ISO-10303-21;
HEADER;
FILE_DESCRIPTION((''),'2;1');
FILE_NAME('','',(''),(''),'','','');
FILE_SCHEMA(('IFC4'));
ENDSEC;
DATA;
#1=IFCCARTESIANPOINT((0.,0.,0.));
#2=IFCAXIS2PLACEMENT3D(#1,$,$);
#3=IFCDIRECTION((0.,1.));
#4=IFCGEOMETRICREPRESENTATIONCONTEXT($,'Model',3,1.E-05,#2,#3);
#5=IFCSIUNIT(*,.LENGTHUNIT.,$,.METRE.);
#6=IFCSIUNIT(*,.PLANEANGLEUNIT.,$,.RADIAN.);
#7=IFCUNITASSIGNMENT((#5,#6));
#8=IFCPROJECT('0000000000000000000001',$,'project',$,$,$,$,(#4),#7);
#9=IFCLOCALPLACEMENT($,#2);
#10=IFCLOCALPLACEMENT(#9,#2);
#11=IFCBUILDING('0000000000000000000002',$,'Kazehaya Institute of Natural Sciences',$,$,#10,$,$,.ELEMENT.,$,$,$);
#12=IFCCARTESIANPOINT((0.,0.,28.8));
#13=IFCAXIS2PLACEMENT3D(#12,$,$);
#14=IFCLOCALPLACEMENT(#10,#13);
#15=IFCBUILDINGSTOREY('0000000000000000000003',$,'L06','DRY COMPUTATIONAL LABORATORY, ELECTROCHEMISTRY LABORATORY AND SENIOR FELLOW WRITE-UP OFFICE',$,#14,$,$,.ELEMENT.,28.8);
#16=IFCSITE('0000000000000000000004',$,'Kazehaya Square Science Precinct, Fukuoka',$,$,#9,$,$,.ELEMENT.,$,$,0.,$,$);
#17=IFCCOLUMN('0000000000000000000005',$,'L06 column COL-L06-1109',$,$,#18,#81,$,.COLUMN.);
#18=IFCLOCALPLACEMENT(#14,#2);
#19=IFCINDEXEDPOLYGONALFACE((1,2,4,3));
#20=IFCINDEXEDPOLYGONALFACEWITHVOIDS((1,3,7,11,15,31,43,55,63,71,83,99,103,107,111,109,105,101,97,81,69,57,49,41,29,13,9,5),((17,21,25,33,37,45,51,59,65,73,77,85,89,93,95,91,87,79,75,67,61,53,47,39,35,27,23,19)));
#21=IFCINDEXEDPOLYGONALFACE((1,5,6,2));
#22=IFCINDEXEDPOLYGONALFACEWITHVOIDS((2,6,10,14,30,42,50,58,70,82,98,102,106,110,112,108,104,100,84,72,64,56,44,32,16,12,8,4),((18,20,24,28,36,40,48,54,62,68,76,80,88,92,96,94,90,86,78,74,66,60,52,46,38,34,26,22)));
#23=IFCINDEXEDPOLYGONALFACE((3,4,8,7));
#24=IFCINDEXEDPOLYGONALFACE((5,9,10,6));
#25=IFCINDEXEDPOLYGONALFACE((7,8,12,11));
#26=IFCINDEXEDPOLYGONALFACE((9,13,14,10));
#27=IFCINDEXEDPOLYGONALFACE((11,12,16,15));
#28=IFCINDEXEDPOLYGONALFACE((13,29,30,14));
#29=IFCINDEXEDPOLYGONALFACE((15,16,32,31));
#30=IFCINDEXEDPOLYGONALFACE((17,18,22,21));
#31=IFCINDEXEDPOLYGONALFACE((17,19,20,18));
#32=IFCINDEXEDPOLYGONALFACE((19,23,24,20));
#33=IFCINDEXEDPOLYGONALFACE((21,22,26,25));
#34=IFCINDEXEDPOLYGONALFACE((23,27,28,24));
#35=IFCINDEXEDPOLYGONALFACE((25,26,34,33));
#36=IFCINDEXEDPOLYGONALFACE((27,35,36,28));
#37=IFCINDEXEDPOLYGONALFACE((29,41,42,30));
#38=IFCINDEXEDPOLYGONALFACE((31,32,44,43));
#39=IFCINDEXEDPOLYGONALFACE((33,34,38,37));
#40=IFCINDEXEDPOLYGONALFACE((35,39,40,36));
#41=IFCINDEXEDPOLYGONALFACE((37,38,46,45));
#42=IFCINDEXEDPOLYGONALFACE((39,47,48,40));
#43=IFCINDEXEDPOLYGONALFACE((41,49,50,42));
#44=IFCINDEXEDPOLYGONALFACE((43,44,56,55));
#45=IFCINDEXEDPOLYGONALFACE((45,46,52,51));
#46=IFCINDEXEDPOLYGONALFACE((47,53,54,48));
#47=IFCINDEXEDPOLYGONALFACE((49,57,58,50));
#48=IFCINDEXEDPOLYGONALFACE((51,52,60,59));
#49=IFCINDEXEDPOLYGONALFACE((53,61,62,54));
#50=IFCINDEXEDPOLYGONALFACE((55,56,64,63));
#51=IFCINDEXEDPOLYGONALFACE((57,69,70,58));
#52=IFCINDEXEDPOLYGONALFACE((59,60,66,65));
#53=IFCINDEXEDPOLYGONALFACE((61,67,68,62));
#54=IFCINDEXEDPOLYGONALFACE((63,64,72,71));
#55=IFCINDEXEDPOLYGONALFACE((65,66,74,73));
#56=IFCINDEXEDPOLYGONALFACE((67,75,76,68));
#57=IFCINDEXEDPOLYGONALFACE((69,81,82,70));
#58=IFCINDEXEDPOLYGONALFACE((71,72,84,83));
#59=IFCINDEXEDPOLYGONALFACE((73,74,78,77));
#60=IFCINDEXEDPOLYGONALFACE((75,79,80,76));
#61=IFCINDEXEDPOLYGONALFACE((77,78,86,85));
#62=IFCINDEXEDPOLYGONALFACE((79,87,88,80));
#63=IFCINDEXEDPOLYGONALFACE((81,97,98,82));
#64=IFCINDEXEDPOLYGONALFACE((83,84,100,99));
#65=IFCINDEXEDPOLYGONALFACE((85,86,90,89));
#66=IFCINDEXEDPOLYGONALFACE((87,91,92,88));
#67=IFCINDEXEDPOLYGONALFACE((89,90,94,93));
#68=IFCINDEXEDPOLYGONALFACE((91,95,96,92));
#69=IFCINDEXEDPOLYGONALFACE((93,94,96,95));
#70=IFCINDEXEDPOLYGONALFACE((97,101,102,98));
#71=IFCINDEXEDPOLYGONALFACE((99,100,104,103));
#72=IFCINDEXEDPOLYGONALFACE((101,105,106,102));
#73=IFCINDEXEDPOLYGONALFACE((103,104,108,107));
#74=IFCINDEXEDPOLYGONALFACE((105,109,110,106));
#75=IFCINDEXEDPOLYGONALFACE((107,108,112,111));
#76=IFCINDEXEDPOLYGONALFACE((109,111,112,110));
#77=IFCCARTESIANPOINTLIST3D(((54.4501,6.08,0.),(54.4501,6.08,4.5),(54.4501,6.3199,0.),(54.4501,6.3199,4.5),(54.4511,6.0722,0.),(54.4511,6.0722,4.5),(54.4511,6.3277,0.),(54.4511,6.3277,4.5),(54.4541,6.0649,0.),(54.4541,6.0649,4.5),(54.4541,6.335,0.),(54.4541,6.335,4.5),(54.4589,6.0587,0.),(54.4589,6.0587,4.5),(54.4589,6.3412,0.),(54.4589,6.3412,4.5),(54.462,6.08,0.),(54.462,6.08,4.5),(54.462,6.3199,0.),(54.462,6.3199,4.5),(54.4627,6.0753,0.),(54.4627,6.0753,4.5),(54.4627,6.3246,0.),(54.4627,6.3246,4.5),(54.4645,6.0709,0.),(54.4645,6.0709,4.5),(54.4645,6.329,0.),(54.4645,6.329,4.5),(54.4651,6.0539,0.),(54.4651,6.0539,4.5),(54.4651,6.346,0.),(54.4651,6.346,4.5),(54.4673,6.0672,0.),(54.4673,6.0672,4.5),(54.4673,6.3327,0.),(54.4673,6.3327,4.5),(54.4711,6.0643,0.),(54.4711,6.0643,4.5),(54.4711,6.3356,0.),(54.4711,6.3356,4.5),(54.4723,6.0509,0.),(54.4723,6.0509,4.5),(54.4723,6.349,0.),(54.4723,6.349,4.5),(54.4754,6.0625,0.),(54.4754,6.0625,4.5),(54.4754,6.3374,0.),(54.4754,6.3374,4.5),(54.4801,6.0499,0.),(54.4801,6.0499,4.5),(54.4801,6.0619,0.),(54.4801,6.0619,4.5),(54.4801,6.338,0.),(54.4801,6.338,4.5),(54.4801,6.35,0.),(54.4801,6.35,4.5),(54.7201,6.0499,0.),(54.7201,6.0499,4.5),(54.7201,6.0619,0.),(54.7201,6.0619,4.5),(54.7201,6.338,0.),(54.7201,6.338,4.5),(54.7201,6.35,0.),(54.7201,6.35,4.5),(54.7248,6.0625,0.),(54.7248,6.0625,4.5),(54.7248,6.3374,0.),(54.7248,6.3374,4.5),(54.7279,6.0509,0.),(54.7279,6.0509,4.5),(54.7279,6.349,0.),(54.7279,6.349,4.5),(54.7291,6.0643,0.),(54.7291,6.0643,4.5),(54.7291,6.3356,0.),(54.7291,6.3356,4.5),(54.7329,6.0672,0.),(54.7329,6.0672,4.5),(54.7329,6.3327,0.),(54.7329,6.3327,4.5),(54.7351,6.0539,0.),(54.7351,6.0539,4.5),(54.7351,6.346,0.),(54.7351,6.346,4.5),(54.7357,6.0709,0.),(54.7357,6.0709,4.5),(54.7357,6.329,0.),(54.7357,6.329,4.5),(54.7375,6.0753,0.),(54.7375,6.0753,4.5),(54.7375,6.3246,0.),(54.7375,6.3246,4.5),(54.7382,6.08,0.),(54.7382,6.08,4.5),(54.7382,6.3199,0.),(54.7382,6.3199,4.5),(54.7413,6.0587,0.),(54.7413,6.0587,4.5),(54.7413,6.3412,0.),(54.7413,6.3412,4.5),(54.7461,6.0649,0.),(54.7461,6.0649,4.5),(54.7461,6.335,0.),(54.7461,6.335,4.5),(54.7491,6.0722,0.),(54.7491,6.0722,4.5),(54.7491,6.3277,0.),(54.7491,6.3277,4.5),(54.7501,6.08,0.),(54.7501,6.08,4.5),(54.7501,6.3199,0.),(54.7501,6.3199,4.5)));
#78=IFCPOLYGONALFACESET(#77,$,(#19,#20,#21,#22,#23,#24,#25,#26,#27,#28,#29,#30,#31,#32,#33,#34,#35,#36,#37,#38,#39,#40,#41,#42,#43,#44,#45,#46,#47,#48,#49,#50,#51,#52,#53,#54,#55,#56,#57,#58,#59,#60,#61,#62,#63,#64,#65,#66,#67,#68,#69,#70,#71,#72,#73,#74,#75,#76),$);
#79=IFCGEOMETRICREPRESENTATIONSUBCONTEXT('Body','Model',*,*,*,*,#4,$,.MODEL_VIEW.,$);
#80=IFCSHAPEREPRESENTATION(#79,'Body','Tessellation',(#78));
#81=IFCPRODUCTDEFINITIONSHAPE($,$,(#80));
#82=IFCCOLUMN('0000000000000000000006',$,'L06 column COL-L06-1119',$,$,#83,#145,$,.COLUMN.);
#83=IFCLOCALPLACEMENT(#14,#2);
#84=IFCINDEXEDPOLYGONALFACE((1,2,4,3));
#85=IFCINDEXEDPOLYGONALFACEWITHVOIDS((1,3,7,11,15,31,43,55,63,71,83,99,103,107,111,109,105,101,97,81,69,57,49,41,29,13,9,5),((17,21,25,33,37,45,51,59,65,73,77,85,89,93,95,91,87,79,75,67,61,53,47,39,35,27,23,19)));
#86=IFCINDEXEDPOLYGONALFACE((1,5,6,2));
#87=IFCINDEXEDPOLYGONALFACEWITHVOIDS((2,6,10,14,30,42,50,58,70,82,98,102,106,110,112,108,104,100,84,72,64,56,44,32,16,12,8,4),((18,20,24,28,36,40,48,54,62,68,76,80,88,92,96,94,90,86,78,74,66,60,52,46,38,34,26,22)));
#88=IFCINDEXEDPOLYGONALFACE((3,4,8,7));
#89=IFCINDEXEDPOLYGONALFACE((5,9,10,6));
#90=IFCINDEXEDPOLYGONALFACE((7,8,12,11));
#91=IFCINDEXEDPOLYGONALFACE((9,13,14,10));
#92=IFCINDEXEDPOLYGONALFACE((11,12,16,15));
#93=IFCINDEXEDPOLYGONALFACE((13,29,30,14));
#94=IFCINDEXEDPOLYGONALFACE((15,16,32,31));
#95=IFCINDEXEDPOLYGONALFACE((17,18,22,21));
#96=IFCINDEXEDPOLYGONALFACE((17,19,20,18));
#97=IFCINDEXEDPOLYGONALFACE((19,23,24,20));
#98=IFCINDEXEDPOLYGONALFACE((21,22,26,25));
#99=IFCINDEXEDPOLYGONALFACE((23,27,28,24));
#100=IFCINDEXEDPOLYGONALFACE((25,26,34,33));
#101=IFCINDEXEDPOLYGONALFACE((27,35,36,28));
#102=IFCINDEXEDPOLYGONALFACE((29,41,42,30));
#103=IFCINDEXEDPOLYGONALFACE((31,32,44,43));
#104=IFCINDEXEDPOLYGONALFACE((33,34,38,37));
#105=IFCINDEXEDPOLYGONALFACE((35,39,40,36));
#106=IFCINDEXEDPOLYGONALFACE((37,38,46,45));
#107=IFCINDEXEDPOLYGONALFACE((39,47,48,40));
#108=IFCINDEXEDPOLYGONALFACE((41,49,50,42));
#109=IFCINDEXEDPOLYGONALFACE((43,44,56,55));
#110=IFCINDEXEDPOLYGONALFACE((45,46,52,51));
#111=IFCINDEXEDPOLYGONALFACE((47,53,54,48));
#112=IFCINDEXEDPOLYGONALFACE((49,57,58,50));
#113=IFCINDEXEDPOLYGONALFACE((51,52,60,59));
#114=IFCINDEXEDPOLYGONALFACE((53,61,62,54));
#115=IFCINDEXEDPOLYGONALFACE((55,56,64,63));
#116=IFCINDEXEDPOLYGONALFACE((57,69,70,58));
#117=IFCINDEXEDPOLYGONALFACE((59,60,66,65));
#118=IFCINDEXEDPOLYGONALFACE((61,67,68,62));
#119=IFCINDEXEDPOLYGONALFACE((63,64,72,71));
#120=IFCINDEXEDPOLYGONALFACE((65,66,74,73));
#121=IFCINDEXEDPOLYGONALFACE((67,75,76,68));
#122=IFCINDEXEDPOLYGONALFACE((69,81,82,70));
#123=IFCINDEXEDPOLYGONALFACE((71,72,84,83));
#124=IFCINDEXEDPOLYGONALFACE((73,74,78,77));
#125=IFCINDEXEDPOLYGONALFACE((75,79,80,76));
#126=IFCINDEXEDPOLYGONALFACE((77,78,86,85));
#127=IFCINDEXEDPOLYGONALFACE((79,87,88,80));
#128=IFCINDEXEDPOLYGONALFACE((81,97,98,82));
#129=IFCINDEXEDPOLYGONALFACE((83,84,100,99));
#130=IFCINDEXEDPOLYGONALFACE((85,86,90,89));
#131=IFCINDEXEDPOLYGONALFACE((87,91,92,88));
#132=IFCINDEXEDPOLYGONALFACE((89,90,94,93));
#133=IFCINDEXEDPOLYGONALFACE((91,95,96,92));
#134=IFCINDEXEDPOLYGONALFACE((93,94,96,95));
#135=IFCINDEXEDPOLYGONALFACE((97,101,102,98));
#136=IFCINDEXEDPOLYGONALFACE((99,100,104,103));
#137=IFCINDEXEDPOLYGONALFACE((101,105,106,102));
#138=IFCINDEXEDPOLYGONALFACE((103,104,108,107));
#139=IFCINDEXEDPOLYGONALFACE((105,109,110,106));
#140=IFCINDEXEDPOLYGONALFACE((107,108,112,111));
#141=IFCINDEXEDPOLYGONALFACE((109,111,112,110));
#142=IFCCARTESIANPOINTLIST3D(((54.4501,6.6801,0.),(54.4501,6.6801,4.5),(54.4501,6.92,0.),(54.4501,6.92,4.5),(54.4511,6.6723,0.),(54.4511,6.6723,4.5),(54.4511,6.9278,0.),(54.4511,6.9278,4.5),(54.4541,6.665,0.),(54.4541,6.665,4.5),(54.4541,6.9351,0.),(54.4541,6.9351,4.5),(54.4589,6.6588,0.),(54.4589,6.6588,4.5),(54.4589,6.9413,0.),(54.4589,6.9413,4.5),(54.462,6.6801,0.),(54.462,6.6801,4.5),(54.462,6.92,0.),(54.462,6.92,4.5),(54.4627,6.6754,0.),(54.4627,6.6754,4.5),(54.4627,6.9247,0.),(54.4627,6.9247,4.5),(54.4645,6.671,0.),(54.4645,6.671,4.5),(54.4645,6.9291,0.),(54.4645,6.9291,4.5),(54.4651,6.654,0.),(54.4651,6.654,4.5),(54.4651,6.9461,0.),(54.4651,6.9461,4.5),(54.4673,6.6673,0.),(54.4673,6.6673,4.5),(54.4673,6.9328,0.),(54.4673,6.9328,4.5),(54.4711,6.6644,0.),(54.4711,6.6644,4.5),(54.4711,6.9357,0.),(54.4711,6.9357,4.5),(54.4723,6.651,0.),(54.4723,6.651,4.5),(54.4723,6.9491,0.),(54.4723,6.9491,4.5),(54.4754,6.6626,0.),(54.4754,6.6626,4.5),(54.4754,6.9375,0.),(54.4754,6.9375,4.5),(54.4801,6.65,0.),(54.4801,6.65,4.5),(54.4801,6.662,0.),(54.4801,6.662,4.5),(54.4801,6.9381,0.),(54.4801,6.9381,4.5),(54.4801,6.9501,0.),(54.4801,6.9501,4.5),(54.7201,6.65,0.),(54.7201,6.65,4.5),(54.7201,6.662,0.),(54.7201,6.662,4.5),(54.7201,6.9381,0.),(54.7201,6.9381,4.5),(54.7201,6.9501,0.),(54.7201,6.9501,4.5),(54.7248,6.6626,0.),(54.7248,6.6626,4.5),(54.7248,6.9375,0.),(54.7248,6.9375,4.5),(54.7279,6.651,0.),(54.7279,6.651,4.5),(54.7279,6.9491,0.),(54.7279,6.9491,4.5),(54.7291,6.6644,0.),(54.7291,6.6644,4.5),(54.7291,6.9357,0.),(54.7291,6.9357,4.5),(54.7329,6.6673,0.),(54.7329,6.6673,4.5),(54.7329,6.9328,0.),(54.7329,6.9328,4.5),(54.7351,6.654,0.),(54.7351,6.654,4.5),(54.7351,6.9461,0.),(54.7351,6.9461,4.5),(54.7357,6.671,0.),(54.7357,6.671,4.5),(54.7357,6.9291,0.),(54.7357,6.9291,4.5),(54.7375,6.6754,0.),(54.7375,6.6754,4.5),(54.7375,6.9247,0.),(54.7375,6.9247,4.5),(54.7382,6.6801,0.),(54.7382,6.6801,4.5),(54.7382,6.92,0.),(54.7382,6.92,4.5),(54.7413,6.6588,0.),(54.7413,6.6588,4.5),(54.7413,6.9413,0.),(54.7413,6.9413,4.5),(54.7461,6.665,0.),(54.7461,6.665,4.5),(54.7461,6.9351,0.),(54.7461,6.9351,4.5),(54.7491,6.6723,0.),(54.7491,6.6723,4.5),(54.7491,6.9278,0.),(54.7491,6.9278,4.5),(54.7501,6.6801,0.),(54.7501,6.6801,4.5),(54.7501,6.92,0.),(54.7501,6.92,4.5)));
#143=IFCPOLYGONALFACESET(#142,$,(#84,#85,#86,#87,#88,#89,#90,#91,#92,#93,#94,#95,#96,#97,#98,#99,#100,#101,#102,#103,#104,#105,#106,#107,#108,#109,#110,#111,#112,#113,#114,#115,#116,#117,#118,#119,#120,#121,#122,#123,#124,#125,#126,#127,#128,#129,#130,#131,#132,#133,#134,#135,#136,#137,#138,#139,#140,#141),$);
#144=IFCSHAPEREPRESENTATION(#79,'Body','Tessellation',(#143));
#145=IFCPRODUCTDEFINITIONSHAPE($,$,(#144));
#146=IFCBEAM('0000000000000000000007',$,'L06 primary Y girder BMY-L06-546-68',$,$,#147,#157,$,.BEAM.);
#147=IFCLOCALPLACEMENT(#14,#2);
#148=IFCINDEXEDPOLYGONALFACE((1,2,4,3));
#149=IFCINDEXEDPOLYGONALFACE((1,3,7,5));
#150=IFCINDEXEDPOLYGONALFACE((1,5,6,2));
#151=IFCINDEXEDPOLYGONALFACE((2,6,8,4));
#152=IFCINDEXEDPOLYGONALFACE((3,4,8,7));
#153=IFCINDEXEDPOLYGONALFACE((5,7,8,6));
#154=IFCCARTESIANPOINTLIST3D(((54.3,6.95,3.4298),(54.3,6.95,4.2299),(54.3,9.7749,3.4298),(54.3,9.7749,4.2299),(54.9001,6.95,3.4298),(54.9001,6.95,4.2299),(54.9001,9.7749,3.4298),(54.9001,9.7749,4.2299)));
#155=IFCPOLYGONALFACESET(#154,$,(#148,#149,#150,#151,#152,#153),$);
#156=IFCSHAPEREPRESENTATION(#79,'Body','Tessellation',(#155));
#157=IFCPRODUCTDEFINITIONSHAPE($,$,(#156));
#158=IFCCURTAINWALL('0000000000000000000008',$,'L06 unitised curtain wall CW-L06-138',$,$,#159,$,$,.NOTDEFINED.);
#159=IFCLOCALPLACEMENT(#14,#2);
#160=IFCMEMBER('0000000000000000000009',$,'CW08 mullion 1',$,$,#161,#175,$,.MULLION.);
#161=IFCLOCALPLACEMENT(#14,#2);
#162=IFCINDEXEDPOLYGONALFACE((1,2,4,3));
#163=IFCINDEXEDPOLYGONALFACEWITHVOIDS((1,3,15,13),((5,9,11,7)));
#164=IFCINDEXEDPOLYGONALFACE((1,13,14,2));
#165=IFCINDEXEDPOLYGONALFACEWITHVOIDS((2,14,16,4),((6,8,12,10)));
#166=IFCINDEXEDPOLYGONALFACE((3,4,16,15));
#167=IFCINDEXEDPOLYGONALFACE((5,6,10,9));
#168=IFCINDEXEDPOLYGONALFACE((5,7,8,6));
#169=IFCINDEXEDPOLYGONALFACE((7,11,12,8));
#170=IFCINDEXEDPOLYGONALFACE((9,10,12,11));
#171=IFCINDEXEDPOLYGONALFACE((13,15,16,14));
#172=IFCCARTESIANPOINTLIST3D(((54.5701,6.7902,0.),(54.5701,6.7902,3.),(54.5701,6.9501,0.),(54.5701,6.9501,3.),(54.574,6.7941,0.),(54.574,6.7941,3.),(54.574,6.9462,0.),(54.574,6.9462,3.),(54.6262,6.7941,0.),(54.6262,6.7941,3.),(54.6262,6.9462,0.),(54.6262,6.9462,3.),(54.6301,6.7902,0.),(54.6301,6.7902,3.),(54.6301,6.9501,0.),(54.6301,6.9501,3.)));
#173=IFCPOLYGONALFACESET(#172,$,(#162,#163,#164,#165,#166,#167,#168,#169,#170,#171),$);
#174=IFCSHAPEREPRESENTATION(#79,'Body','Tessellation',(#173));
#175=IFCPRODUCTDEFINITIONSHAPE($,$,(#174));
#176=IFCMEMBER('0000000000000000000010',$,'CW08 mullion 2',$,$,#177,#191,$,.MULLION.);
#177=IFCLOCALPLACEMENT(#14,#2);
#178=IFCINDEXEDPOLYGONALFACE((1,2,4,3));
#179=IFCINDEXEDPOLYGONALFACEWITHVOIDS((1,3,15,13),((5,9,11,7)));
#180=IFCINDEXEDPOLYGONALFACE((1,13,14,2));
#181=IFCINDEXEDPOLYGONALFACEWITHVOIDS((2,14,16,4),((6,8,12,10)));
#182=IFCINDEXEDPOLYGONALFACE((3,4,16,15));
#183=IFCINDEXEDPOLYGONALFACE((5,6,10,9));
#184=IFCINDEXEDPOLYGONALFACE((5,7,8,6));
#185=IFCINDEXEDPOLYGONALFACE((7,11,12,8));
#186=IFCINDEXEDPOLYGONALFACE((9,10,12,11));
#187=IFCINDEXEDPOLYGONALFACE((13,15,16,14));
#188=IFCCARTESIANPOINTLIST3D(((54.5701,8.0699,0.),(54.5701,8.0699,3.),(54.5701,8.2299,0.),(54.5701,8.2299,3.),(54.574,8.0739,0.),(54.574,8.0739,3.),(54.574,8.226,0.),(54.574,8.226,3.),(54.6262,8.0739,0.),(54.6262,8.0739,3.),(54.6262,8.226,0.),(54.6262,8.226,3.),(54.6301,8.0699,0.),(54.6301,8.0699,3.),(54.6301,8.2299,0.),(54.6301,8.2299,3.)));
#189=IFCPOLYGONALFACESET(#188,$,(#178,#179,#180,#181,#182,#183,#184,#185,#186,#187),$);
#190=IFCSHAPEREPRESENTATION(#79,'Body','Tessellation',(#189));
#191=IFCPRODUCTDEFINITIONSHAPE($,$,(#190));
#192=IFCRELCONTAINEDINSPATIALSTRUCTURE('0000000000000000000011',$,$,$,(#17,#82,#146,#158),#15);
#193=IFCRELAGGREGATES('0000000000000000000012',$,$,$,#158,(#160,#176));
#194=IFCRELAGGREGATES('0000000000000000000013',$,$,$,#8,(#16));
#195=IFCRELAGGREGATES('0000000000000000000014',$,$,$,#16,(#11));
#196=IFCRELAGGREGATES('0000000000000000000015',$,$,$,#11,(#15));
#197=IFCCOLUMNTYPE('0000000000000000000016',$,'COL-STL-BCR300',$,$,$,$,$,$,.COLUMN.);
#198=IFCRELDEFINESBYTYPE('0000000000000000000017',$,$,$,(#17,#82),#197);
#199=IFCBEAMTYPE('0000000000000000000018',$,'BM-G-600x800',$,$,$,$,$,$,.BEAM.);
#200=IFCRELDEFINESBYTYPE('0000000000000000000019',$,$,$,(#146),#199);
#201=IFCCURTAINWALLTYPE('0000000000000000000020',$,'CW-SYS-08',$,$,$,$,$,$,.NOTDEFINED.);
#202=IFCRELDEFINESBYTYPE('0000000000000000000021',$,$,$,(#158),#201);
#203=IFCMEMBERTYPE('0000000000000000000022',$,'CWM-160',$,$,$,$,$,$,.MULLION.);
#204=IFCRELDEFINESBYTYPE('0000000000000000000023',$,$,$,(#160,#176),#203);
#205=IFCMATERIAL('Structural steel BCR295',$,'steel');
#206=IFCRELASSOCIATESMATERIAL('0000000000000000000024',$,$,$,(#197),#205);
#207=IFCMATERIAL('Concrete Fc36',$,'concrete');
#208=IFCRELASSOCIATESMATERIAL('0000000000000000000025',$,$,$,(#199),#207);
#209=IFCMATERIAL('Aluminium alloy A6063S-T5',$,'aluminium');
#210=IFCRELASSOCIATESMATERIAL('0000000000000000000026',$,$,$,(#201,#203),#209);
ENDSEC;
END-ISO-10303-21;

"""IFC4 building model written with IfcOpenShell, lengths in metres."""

from ifc_helpers import new_model, si_unit, direction, frame, origin, origin_2d, place, context, subcontext, project, spatial, rectangle, hollow_rectangle, extrude, material, material_profile, profile_set, type_object, element, aggregate, save


model = new_model("IFC4")

# Units and contexts
model_context = context("Model", 3, precision=1e-05, world=origin(), true_north=direction((0.0, 1.0)))
body_context = subcontext(model_context, "Body", "Model", "MODEL_VIEW")
ifc_project = project(units=[si_unit("LENGTHUNIT", "METRE"), si_unit("PLANEANGLEUNIT", "RADIAN")], contexts=[model_context])

# Site, building, storey
site_placement = place(None, origin())
site = spatial("IfcSite", under=ifc_project, at=site_placement, Name="Kazehaya Square Science Precinct, Fukuoka", CompositionType="ELEMENT", RefElevation=0.0)
building_placement = place(site_placement, origin())
building = spatial("IfcBuilding", under=site, at=building_placement, Name="Kazehaya Institute of Natural Sciences", CompositionType="ELEMENT")
storey_placement = place(building_placement, frame((0.0, 0.0, 28.8)))
storey = spatial("IfcBuildingStorey", under=building, at=storey_placement, Name="L06", Description="DRY COMPUTATIONAL LABORATORY, ELECTROCHEMISTRY LABORATORY AND SENIOR FELLOW WRITE-UP OFFICE", CompositionType="ELEMENT", Elevation=28.8)

# Columns
ifc_material_1 = material(Name="Structural steel BCR295", Category="steel")
ifc_material_profile_1 = material_profile(ifc_material_1, hollow_rectangle(XDim=0.3, YDim=0.3, WallThickness=0.012, InnerFilletRadius=0.0181, OuterFilletRadius=0.03, at=origin_2d()), Name="BCR-300x300x12")
ifc_profile_set_1 = profile_set([ifc_material_profile_1], Name="Structural steel BCR295")
column_type = type_object("IfcColumnType", Name="COL-STL-BCR300", PredefinedType="COLUMN", material=ifc_profile_set_1)
for number, where, z_axis, x_axis, name in (
    (1, (54.6001, 6.2, 0.0), (0.0, 0.0, 1.0), (1.0, 0.0, 0.0), "L06 column COL-L06-1109"),
    (2, (54.6001, 6.8, 0.0), (0.0, 0.0, 1.0), (1.0, 0.0, 0.0), "L06 column COL-L06-1119"),
):
    element("IfcColumn", number, at=place(storey_placement, frame(where, z_axis=z_axis, x_axis=x_axis)), inside=storey, type_object=column_type, Name=name, PredefinedType="COLUMN", context=body_context, shape_type="SweptSolid", body=[
        extrude(hollow_rectangle(XDim=0.3, YDim=0.3, WallThickness=0.012, InnerFilletRadius=0.0181, OuterFilletRadius=0.03, at=origin_2d()), origin(), (0.0, 0.0, 1.0), 4.5),
    ])

# Beam
ifc_material_2 = material(Name="Concrete Fc36", Category="concrete")
ifc_material_profile_2 = material_profile(ifc_material_2, rectangle(XDim=0.6001, YDim=0.8, at=origin_2d()), Name="RC-600x800")
ifc_profile_set_2 = profile_set([ifc_material_profile_2], Name="Concrete Fc36")
beam_type = type_object("IfcBeamType", Name="BM-G-600x800", PredefinedType="BEAM", material=ifc_profile_set_2)
beam_placement = place(storey_placement, frame((54.6001, 6.95, 3.8298), z_axis=(0.0, 1.0, 0.0), x_axis=(-1.0, 0.0, 0.0)))
element("IfcBeam", 3, at=beam_placement, inside=storey, type_object=beam_type, Name="L06 primary Y girder BMY-L06-546-68", PredefinedType="BEAM", context=body_context, shape_type="SweptSolid", body=[
    extrude(rectangle(XDim=0.6001, YDim=0.8, at=origin_2d()), origin(), (0.0, 0.0, 1.0), 2.825),
])

# Curtain wall, members
ifc_material_3 = material(Name="Aluminium alloy A6063S-T5", Category="aluminium")
curtain_wall_type = type_object("IfcCurtainWallType", Name="CW-SYS-08", PredefinedType="NOTDEFINED", material=ifc_material_3)
curtain_wall_placement = place(storey_placement, origin())
curtain_wall = element("IfcCurtainWall", 4, at=curtain_wall_placement, inside=storey, type_object=curtain_wall_type, Name="L06 unitised curtain wall CW-L06-138", PredefinedType="NOTDEFINED")
ifc_material_profile_3 = material_profile(ifc_material_3, hollow_rectangle(XDim=0.0601, YDim=0.1599, WallThickness=0.0039, at=origin_2d()), Name="ALU-60x160x4")
ifc_profile_set_3 = profile_set([ifc_material_profile_3], Name="Aluminium alloy A6063S-T5")
member_type_1 = type_object("IfcMemberType", Name="CWM-160", PredefinedType="MULLION", material=ifc_profile_set_3)
member_1_placement = place(storey_placement, frame((54.6001, 6.8701, 0.0), z_axis=(0.0, 0.0, 1.0), x_axis=(-1.0, 0.0, 0.0)))
member_1 = element("IfcMember", 5, at=member_1_placement, type_object=member_type_1, Name="CW08 mullion 1", PredefinedType="MULLION", context=body_context, shape_type="SweptSolid", body=[
    extrude(hollow_rectangle(XDim=0.0601, YDim=0.1599, WallThickness=0.0039, at=origin_2d()), origin(), (0.0, 0.0, 1.0), 3.0),
])
member_2_placement = place(storey_placement, frame((54.6001, 8.1499, 0.0), z_axis=(0.0, 0.0, 1.0), x_axis=(-1.0, 0.0, 0.0)))
member_2 = element("IfcMember", 6, at=member_2_placement, type_object=member_type_1, Name="CW08 mullion 2", PredefinedType="MULLION", context=body_context, shape_type="SweptSolid", body=[
    extrude(hollow_rectangle(XDim=0.0601, YDim=0.1599, WallThickness=0.0039, at=origin_2d()), origin(), (0.0, 0.0, 1.0), 3.0),
])
aggregate(curtain_wall, [member_1, member_2])

save(model, "model.ifc")
